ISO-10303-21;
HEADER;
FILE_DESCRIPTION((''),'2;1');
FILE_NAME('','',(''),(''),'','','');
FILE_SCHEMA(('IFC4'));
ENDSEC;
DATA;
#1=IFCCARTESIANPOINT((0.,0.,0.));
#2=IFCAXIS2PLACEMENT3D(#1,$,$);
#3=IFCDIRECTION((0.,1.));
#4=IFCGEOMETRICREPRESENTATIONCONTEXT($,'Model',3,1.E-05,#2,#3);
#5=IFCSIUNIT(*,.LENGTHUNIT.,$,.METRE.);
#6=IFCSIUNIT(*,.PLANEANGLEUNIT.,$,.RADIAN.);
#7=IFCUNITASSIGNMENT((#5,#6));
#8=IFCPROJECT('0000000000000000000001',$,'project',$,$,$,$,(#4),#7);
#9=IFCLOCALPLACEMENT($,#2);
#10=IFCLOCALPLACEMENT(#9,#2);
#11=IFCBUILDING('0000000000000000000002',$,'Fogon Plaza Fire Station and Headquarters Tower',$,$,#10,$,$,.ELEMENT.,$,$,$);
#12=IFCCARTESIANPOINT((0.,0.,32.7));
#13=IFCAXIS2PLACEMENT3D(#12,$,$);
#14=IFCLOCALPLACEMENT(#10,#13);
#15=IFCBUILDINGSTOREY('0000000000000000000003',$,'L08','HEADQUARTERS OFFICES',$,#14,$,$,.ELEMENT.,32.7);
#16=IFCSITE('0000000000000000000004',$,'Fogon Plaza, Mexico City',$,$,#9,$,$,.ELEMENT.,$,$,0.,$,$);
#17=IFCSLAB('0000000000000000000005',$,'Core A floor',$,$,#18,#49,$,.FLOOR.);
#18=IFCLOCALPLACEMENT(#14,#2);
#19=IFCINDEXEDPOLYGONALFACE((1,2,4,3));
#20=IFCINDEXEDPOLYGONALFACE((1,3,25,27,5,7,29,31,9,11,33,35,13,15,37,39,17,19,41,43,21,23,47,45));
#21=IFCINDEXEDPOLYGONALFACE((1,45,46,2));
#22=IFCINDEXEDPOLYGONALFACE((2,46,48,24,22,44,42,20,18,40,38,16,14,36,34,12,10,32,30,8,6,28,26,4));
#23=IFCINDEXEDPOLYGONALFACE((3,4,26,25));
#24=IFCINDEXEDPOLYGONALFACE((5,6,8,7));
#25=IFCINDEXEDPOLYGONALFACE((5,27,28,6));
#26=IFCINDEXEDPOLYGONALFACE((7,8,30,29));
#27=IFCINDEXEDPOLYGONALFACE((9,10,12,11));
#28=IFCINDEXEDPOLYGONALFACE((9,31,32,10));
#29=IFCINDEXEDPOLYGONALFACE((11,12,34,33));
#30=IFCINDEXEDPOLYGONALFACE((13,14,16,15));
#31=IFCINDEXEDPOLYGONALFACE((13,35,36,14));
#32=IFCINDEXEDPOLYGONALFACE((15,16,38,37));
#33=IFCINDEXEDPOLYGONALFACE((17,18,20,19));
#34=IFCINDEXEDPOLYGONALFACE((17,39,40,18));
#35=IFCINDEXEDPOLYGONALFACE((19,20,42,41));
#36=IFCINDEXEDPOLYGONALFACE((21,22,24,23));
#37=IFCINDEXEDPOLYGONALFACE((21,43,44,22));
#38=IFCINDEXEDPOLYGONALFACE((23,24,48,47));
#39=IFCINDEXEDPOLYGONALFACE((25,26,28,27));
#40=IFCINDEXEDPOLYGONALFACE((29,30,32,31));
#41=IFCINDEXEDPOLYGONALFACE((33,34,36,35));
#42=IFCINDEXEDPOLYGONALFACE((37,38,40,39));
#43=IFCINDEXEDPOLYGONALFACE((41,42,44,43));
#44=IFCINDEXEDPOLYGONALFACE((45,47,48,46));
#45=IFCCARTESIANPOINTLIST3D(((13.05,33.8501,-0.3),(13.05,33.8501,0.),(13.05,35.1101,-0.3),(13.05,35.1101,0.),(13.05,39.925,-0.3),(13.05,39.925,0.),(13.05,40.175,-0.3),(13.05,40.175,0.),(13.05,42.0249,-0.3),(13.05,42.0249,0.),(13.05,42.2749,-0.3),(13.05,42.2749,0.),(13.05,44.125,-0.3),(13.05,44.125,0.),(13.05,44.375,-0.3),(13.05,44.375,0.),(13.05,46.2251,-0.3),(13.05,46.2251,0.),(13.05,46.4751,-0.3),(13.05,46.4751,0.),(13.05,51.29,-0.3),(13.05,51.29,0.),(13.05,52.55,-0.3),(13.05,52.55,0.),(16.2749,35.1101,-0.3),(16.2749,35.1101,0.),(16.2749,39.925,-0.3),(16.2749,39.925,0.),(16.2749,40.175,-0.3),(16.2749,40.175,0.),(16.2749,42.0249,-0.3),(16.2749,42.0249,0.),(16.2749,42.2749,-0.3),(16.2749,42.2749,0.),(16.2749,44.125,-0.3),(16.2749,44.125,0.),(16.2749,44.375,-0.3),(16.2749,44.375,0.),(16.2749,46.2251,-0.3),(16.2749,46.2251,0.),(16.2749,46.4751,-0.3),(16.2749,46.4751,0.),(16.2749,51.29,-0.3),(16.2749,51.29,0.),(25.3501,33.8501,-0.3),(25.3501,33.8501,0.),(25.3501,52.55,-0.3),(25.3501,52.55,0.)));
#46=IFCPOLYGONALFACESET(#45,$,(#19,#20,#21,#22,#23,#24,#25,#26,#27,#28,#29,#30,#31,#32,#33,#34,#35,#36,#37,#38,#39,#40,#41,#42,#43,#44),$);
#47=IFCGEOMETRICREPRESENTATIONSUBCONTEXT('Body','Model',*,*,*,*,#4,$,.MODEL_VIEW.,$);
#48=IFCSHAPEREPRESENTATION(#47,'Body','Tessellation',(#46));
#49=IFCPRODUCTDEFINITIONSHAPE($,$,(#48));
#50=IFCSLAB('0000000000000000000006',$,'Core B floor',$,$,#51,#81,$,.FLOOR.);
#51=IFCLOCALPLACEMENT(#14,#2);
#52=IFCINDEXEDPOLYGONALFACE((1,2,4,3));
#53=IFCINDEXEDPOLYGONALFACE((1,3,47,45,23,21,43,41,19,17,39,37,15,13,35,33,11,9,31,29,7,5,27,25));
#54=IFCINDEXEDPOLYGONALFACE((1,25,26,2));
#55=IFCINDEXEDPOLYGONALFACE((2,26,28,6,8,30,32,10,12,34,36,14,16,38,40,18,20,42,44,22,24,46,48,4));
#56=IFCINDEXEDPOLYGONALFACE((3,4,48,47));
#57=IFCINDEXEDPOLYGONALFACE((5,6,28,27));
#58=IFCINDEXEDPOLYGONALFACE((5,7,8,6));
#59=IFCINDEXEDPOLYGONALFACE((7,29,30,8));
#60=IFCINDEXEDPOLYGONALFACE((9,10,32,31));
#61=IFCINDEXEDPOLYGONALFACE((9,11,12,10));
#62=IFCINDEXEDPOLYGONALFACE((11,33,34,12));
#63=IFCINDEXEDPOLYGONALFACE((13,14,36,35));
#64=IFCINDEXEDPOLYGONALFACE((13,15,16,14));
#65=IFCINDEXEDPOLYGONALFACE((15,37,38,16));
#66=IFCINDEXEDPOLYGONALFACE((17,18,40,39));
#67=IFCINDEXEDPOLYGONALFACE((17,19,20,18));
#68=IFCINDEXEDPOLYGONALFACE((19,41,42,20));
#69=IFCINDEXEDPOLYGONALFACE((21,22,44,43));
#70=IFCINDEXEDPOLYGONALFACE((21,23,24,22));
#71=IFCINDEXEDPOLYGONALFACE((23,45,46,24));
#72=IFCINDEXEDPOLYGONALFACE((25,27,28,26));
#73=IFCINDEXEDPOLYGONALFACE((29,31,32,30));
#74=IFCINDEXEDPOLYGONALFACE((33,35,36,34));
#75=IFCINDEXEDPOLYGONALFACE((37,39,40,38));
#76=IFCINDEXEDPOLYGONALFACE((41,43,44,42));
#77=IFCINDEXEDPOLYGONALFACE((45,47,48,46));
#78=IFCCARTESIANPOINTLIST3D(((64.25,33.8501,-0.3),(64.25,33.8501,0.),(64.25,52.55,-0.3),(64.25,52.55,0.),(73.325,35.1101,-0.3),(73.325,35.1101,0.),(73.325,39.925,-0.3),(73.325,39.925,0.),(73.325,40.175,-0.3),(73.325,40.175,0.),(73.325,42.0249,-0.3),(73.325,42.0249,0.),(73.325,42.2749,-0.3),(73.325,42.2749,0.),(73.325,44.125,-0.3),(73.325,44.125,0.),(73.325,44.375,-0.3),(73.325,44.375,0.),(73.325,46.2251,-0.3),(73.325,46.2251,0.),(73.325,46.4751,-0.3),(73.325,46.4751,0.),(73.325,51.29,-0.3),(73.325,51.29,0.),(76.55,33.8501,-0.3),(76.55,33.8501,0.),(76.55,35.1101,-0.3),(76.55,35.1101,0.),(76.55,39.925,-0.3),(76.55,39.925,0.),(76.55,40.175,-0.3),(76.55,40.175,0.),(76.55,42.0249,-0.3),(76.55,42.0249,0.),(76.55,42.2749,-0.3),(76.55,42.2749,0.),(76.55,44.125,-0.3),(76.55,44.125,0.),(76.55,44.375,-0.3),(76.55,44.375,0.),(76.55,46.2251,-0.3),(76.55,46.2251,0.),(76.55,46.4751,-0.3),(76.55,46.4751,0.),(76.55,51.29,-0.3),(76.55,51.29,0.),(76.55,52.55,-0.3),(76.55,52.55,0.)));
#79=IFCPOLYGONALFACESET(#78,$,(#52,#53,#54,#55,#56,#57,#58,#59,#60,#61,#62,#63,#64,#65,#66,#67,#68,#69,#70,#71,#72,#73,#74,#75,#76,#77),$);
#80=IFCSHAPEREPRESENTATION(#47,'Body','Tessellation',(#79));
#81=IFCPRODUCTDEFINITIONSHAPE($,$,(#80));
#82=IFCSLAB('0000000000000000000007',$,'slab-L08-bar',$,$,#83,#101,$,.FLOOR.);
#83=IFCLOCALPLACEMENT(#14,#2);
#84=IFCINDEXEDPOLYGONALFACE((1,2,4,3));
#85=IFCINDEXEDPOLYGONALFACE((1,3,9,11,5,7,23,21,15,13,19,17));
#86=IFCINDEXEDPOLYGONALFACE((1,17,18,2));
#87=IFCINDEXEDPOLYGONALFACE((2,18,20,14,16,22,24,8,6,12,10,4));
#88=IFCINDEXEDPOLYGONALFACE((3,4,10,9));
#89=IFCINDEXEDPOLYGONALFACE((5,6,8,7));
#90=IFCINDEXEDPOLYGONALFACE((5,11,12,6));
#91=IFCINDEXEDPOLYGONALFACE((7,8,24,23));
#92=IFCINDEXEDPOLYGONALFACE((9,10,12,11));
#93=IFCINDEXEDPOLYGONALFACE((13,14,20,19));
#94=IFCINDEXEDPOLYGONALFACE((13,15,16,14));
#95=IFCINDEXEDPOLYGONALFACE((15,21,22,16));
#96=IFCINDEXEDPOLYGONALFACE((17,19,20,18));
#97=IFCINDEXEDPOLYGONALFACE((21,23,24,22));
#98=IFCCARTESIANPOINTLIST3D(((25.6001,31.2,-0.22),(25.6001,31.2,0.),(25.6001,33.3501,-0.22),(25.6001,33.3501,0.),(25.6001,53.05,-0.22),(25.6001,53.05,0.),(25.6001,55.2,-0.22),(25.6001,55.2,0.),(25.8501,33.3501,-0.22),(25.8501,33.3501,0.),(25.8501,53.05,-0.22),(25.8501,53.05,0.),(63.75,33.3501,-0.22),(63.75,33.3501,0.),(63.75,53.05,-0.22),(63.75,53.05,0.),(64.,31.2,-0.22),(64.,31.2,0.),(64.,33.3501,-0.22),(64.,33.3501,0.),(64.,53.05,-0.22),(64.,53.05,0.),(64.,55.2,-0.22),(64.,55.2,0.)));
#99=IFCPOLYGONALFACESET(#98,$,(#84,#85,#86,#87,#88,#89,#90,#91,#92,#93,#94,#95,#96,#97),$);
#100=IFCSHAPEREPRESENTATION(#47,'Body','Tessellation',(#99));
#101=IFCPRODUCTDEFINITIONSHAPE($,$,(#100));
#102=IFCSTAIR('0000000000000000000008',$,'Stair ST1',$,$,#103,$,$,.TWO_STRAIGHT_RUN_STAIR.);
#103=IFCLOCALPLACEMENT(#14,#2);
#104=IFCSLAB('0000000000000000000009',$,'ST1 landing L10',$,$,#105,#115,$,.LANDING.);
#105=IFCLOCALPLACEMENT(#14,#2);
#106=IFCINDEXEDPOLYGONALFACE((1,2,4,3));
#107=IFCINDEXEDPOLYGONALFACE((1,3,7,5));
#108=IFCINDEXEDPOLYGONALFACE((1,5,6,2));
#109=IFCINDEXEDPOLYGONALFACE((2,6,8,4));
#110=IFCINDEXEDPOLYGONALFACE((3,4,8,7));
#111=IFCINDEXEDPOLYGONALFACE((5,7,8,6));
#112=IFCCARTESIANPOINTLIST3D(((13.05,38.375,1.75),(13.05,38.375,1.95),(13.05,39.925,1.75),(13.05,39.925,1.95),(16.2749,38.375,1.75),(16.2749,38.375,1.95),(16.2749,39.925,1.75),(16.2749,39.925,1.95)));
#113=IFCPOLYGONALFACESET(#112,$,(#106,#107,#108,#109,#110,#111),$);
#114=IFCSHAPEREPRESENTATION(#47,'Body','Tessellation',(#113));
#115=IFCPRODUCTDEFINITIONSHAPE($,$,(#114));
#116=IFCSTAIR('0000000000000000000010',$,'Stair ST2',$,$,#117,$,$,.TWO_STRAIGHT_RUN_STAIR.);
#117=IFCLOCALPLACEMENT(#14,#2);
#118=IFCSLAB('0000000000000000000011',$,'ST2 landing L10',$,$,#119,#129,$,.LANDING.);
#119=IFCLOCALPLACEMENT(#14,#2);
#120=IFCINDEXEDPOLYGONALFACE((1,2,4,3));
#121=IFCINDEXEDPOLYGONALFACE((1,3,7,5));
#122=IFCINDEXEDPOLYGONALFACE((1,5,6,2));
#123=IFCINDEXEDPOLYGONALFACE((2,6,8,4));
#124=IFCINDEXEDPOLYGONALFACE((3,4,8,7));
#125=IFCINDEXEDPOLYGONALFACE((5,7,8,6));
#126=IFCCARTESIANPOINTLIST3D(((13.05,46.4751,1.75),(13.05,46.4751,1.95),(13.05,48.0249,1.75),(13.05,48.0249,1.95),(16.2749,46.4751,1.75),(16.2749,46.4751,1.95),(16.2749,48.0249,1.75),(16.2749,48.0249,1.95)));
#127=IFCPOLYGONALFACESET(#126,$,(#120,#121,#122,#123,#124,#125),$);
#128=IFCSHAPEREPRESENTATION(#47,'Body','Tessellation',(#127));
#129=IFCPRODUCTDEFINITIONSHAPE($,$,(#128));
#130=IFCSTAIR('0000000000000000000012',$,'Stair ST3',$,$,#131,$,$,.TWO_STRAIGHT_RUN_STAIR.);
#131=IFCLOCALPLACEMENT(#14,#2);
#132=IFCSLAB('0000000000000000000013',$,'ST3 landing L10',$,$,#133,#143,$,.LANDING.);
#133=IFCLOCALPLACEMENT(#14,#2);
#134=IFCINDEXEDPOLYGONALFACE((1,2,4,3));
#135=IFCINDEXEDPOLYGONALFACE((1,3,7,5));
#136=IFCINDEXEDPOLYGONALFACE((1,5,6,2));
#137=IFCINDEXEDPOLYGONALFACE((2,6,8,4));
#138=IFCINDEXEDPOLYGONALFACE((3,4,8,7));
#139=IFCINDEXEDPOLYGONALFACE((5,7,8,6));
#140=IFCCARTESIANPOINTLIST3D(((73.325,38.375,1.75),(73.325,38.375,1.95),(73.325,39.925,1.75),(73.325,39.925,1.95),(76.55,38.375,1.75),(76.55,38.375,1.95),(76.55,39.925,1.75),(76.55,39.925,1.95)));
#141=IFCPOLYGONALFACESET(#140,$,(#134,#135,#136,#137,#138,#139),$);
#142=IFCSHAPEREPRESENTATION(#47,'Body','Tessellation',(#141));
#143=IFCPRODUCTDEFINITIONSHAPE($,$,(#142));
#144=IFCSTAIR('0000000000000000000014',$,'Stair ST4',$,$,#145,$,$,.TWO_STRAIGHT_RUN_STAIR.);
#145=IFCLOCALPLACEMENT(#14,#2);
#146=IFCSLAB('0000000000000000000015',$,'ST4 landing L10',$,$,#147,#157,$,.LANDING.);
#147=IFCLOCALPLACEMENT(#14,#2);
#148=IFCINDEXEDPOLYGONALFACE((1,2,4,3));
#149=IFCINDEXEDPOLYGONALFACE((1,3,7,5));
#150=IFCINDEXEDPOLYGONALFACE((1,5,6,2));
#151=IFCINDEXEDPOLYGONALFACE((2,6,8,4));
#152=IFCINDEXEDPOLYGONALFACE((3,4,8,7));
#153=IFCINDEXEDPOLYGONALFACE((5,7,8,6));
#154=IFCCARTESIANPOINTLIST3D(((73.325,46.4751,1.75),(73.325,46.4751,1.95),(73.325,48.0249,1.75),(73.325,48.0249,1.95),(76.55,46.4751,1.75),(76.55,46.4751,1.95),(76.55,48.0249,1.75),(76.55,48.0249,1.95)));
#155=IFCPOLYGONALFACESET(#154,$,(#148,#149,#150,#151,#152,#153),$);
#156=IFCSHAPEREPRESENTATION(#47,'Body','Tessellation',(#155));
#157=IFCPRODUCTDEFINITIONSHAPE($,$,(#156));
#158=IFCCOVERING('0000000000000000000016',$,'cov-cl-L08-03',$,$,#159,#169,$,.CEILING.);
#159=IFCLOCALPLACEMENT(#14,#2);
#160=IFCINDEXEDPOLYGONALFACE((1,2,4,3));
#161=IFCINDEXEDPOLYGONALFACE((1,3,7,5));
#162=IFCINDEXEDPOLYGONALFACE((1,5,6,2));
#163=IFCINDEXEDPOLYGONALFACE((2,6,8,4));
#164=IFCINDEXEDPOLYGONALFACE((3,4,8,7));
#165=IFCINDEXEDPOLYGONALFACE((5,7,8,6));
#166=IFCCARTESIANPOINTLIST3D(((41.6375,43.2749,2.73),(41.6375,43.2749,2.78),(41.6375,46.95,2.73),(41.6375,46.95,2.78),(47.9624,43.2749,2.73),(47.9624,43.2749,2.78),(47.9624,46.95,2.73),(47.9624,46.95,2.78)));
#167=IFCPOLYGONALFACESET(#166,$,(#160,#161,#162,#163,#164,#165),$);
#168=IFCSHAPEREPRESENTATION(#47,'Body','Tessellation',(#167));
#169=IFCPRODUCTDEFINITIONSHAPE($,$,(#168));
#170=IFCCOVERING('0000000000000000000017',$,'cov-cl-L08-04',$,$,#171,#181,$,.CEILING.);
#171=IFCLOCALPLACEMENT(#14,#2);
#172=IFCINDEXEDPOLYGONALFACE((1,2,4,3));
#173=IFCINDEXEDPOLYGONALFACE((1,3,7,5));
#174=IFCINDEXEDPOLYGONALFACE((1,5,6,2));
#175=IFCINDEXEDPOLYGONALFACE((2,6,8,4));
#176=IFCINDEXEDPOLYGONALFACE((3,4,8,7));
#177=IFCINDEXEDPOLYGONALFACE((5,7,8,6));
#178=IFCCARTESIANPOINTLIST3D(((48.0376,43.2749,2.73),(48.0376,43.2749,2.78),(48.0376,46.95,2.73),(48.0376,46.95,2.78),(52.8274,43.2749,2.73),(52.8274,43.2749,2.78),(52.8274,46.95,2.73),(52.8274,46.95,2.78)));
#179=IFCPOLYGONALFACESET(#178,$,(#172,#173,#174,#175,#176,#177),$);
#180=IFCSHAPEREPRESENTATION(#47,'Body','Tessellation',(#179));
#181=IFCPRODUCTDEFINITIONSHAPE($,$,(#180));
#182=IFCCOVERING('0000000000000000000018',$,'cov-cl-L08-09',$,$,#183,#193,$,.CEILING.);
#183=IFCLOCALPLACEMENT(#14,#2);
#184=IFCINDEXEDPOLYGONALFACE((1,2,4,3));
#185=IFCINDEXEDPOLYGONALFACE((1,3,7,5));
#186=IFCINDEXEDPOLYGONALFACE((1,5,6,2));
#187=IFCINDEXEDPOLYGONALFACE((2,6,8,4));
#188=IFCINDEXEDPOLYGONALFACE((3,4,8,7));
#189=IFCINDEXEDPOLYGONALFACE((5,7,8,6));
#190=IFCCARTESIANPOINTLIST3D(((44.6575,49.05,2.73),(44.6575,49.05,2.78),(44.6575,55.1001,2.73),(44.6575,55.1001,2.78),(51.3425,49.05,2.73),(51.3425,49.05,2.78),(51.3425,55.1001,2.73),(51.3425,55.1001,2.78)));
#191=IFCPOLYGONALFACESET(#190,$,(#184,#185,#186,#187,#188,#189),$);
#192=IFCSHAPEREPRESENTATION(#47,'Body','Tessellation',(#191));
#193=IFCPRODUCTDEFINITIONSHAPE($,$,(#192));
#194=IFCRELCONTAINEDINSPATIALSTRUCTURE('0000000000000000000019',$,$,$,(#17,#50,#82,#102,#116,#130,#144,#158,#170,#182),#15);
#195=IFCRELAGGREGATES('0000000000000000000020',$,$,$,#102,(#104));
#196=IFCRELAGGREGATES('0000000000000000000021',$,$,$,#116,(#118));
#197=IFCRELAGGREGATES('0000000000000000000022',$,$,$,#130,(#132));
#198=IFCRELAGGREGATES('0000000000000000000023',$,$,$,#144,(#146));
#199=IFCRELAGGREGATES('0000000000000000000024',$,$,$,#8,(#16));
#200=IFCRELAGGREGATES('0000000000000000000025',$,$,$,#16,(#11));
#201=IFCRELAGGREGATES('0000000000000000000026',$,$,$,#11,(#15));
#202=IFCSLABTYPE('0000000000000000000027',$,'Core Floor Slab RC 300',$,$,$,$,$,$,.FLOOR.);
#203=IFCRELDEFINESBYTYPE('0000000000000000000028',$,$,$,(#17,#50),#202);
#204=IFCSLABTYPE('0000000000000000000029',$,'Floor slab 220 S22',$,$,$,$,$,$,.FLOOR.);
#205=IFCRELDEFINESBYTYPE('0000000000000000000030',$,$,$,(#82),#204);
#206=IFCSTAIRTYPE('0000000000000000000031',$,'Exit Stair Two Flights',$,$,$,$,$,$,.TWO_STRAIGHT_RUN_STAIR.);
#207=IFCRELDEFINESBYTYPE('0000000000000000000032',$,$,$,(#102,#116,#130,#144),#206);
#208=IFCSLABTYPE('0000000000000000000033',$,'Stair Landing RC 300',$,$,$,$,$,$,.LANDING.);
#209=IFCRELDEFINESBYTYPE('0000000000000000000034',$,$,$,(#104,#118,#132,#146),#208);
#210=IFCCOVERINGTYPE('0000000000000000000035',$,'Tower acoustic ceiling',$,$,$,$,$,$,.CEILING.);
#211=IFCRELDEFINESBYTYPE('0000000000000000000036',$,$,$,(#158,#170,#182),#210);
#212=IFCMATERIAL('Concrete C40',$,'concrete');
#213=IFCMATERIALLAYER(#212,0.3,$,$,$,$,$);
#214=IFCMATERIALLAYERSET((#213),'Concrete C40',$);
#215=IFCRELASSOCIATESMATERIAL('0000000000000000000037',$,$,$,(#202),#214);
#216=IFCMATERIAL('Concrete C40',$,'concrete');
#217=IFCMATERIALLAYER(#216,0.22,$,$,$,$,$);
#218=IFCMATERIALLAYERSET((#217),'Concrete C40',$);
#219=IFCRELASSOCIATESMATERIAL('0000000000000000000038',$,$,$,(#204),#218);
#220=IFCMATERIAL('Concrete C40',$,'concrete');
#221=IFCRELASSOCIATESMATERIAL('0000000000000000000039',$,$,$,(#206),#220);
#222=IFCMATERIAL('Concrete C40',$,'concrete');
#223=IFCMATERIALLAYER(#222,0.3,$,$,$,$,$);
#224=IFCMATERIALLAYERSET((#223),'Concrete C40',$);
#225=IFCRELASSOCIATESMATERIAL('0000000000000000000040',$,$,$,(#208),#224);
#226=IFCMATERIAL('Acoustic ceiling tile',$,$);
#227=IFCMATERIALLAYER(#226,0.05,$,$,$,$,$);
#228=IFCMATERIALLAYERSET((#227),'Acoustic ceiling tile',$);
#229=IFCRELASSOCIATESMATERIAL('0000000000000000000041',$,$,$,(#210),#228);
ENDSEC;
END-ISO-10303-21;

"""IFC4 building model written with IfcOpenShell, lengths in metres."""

from ifc_helpers import new_model, si_unit, direction, frame, origin, place, context, subcontext, project, spatial, polyline, outline, extrude, material, layer, layer_set, type_object, element, aggregate, save


model = new_model("IFC4")

# Units and contexts
model_context = context("Model", 3, precision=1e-05, world=origin(), true_north=direction((0.0, 1.0)))
body_context = subcontext(model_context, "Body", "Model", "MODEL_VIEW")
ifc_project = project(units=[si_unit("LENGTHUNIT", "METRE"), si_unit("PLANEANGLEUNIT", "RADIAN")], contexts=[model_context])

# Site, building, storey
site_placement = place(None, origin())
site = spatial("IfcSite", under=ifc_project, at=site_placement, Name="Fogon Plaza, Mexico City", CompositionType="ELEMENT", RefElevation=0.0)
building_placement = place(site_placement, origin())
building = spatial("IfcBuilding", under=site, at=building_placement, Name="Fogon Plaza Fire Station and Headquarters Tower", CompositionType="ELEMENT")
storey_placement = place(building_placement, frame((0.0, 0.0, 32.7)))
storey = spatial("IfcBuildingStorey", under=building, at=storey_placement, Name="L08", Description="HEADQUARTERS OFFICES", CompositionType="ELEMENT", Elevation=32.7)

# Slabs
ifc_material_1 = material(Name="Concrete C40", Category="concrete")
ifc_layer_1 = layer(ifc_material_1, 0.3)
ifc_layer_set_1 = layer_set([ifc_layer_1], Name="Concrete C40")
slab_type_1 = type_object("IfcSlabType", Name="Core Floor Slab RC 300", PredefinedType="FLOOR", material=ifc_layer_set_1)
slab_1_placement = place(storey_placement, frame((0.0, 0.0, -0.3)))
element("IfcSlab", 1, at=slab_1_placement, inside=storey, type_object=slab_type_1, Name="Core A floor", PredefinedType="FLOOR", context=body_context, shape_type="SweptSolid", body=[
    extrude(outline(polyline([(13.05, 35.1101), (13.05, 33.8501), (25.3501, 33.8501), (25.3501, 52.55), (13.05, 52.55), (13.05, 51.29), (16.2749, 51.29), (16.2749, 46.4751), (13.05, 46.4751), (13.05, 46.2251), (16.2749, 46.2251), (16.2749, 44.375), (13.05, 44.375), (13.05, 44.125), (16.2749, 44.125), (16.2749, 42.2749), (13.05, 42.2749), (13.05, 42.0249), (16.2749, 42.0249), (16.2749, 40.175), (13.05, 40.175), (13.05, 39.925), (16.2749, 39.925), (16.2749, 35.1101), (13.05, 35.1101)])), origin(), (0.0, 0.0, 1.0), 0.3),
])
slab_2_placement = place(storey_placement, frame((0.0, 0.0, -0.3)))
element("IfcSlab", 2, at=slab_2_placement, inside=storey, type_object=slab_type_1, Name="Core B floor", PredefinedType="FLOOR", context=body_context, shape_type="SweptSolid", body=[
    extrude(outline(polyline([(76.55, 35.1101), (73.325, 35.1101), (73.325, 39.925), (76.55, 39.925), (76.55, 40.175), (73.325, 40.175), (73.325, 42.0249), (76.55, 42.0249), (76.55, 42.2749), (73.325, 42.2749), (73.325, 44.125), (76.55, 44.125), (76.55, 44.375), (73.325, 44.375), (73.325, 46.2251), (76.55, 46.2251), (76.55, 46.4751), (73.325, 46.4751), (73.325, 51.29), (76.55, 51.29), (76.55, 52.55), (64.25, 52.55), (64.25, 33.8501), (76.55, 33.8501), (76.55, 35.1101)])), origin(), (0.0, 0.0, 1.0), 0.3),
])
ifc_material_2 = material(Name="Concrete C40", Category="concrete")
ifc_layer_2 = layer(ifc_material_2, 0.22)
ifc_layer_set_2 = layer_set([ifc_layer_2], Name="Concrete C40")
slab_type_2 = type_object("IfcSlabType", Name="Floor slab 220 S22", PredefinedType="FLOOR", material=ifc_layer_set_2)
slab_3_placement = place(storey_placement, frame((0.0, 0.0, -0.22)))
element("IfcSlab", 3, at=slab_3_placement, inside=storey, type_object=slab_type_2, Name="slab-L08-bar", PredefinedType="FLOOR", context=body_context, shape_type="SweptSolid", body=[
    extrude(outline(polyline([(64.0, 31.2), (25.6001, 31.2), (25.6001, 33.3501), (25.8501, 33.3501), (25.8501, 53.05), (25.6001, 53.05), (25.6001, 55.2), (64.0, 55.2), (64.0, 53.05), (63.75, 53.05), (63.75, 33.3501), (64.0, 33.3501), (64.0, 31.2)])), origin(), (0.0, 0.0, 1.0), 0.22),
])

# Stairs, slabs
ifc_material_3 = material(Name="Concrete C40", Category="concrete")
stair_type = type_object("IfcStairType", Name="Exit Stair Two Flights", PredefinedType="TWO_STRAIGHT_RUN_STAIR", material=ifc_material_3)
stair_1_placement = place(storey_placement, origin())
stair_1 = element("IfcStair", 4, at=stair_1_placement, inside=storey, type_object=stair_type, Name="Stair ST1", PredefinedType="TWO_STRAIGHT_RUN_STAIR")
ifc_material_4 = material(Name="Concrete C40", Category="concrete")
ifc_layer_3 = layer(ifc_material_4, 0.3)
ifc_layer_set_3 = layer_set([ifc_layer_3], Name="Concrete C40")
slab_type_3 = type_object("IfcSlabType", Name="Stair Landing RC 300", PredefinedType="LANDING", material=ifc_layer_set_3)
slab_4_placement = place(storey_placement, frame((0.0, 0.0, 1.75)))
slab_4 = element("IfcSlab", 5, at=slab_4_placement, type_object=slab_type_3, Name="ST1 landing L10", PredefinedType="LANDING", context=body_context, shape_type="SweptSolid", body=[
    extrude(outline(polyline([(16.2749, 38.375), (16.2749, 39.925), (13.05, 39.925), (13.05, 38.375), (16.2749, 38.375)])), origin(), (0.0, 0.0, 1.0), 0.2),
])
aggregate(stair_1, [slab_4])
stair_2_placement = place(storey_placement, origin())
stair_2 = element("IfcStair", 6, at=stair_2_placement, inside=storey, type_object=stair_type, Name="Stair ST2", PredefinedType="TWO_STRAIGHT_RUN_STAIR")
slab_5_placement = place(storey_placement, frame((0.0, 0.0, 1.75)))
slab_5 = element("IfcSlab", 7, at=slab_5_placement, type_object=slab_type_3, Name="ST2 landing L10", PredefinedType="LANDING", context=body_context, shape_type="SweptSolid", body=[
    extrude(outline(polyline([(16.2749, 46.4751), (16.2749, 48.0249), (13.05, 48.0249), (13.05, 46.4751), (16.2749, 46.4751)])), origin(), (0.0, 0.0, 1.0), 0.2),
])
aggregate(stair_2, [slab_5])
stair_3_placement = place(storey_placement, origin())
stair_3 = element("IfcStair", 8, at=stair_3_placement, inside=storey, type_object=stair_type, Name="Stair ST3", PredefinedType="TWO_STRAIGHT_RUN_STAIR")
slab_6_placement = place(storey_placement, frame((0.0, 0.0, 1.75)))
slab_6 = element("IfcSlab", 9, at=slab_6_placement, type_object=slab_type_3, Name="ST3 landing L10", PredefinedType="LANDING", context=body_context, shape_type="SweptSolid", body=[
    extrude(outline(polyline([(73.325, 38.375), (76.55, 38.375), (76.55, 39.925), (73.325, 39.925), (73.325, 38.375)])), origin(), (0.0, 0.0, 1.0), 0.2),
])
aggregate(stair_3, [slab_6])
stair_4_placement = place(storey_placement, origin())
stair_4 = element("IfcStair", 10, at=stair_4_placement, inside=storey, type_object=stair_type, Name="Stair ST4", PredefinedType="TWO_STRAIGHT_RUN_STAIR")
slab_7_placement = place(storey_placement, frame((0.0, 0.0, 1.75)))
slab_7 = element("IfcSlab", 11, at=slab_7_placement, type_object=slab_type_3, Name="ST4 landing L10", PredefinedType="LANDING", context=body_context, shape_type="SweptSolid", body=[
    extrude(outline(polyline([(73.325, 46.4751), (76.55, 46.4751), (76.55, 48.0249), (73.325, 48.0249), (73.325, 46.4751)])), origin(), (0.0, 0.0, 1.0), 0.2),
])
aggregate(stair_4, [slab_7])

# Coverings
ifc_material_5 = material(Name="Acoustic ceiling tile")
ifc_layer_4 = layer(ifc_material_5, 0.05)
ifc_layer_set_4 = layer_set([ifc_layer_4], Name="Acoustic ceiling tile")
covering_type_1 = type_object("IfcCoveringType", Name="Tower acoustic ceiling", PredefinedType="CEILING", material=ifc_layer_set_4)
covering_1_placement = place(storey_placement, frame((0.0, 0.0, 2.73)))
element("IfcCovering", 12, at=covering_1_placement, inside=storey, type_object=covering_type_1, Name="cov-cl-L08-03", PredefinedType="CEILING", context=body_context, shape_type="SweptSolid", body=[
    extrude(outline(polyline([(47.9624, 43.2749), (47.9624, 46.95), (41.6375, 46.95), (41.6375, 43.2749), (47.9624, 43.2749)])), origin(), (0.0, 0.0, 1.0), 0.05),
])
covering_2_placement = place(storey_placement, frame((0.0, 0.0, 2.73)))
element("IfcCovering", 13, at=covering_2_placement, inside=storey, type_object=covering_type_1, Name="cov-cl-L08-04", PredefinedType="CEILING", context=body_context, shape_type="SweptSolid", body=[
    extrude(outline(polyline([(52.8274, 43.2749), (52.8274, 46.95), (48.0376, 46.95), (48.0376, 43.2749), (52.8274, 43.2749)])), origin(), (0.0, 0.0, 1.0), 0.05),
])
covering_3_placement = place(storey_placement, frame((0.0, 0.0, 2.73)))
element("IfcCovering", 14, at=covering_3_placement, inside=storey, type_object=covering_type_1, Name="cov-cl-L08-09", PredefinedType="CEILING", context=body_context, shape_type="SweptSolid", body=[
    extrude(outline(polyline([(51.3425, 49.05), (51.3425, 55.1001), (44.6575, 55.1001), (44.6575, 49.05), (51.3425, 49.05)])), origin(), (0.0, 0.0, 1.0), 0.05),
])

save(model, "model.ifc")
